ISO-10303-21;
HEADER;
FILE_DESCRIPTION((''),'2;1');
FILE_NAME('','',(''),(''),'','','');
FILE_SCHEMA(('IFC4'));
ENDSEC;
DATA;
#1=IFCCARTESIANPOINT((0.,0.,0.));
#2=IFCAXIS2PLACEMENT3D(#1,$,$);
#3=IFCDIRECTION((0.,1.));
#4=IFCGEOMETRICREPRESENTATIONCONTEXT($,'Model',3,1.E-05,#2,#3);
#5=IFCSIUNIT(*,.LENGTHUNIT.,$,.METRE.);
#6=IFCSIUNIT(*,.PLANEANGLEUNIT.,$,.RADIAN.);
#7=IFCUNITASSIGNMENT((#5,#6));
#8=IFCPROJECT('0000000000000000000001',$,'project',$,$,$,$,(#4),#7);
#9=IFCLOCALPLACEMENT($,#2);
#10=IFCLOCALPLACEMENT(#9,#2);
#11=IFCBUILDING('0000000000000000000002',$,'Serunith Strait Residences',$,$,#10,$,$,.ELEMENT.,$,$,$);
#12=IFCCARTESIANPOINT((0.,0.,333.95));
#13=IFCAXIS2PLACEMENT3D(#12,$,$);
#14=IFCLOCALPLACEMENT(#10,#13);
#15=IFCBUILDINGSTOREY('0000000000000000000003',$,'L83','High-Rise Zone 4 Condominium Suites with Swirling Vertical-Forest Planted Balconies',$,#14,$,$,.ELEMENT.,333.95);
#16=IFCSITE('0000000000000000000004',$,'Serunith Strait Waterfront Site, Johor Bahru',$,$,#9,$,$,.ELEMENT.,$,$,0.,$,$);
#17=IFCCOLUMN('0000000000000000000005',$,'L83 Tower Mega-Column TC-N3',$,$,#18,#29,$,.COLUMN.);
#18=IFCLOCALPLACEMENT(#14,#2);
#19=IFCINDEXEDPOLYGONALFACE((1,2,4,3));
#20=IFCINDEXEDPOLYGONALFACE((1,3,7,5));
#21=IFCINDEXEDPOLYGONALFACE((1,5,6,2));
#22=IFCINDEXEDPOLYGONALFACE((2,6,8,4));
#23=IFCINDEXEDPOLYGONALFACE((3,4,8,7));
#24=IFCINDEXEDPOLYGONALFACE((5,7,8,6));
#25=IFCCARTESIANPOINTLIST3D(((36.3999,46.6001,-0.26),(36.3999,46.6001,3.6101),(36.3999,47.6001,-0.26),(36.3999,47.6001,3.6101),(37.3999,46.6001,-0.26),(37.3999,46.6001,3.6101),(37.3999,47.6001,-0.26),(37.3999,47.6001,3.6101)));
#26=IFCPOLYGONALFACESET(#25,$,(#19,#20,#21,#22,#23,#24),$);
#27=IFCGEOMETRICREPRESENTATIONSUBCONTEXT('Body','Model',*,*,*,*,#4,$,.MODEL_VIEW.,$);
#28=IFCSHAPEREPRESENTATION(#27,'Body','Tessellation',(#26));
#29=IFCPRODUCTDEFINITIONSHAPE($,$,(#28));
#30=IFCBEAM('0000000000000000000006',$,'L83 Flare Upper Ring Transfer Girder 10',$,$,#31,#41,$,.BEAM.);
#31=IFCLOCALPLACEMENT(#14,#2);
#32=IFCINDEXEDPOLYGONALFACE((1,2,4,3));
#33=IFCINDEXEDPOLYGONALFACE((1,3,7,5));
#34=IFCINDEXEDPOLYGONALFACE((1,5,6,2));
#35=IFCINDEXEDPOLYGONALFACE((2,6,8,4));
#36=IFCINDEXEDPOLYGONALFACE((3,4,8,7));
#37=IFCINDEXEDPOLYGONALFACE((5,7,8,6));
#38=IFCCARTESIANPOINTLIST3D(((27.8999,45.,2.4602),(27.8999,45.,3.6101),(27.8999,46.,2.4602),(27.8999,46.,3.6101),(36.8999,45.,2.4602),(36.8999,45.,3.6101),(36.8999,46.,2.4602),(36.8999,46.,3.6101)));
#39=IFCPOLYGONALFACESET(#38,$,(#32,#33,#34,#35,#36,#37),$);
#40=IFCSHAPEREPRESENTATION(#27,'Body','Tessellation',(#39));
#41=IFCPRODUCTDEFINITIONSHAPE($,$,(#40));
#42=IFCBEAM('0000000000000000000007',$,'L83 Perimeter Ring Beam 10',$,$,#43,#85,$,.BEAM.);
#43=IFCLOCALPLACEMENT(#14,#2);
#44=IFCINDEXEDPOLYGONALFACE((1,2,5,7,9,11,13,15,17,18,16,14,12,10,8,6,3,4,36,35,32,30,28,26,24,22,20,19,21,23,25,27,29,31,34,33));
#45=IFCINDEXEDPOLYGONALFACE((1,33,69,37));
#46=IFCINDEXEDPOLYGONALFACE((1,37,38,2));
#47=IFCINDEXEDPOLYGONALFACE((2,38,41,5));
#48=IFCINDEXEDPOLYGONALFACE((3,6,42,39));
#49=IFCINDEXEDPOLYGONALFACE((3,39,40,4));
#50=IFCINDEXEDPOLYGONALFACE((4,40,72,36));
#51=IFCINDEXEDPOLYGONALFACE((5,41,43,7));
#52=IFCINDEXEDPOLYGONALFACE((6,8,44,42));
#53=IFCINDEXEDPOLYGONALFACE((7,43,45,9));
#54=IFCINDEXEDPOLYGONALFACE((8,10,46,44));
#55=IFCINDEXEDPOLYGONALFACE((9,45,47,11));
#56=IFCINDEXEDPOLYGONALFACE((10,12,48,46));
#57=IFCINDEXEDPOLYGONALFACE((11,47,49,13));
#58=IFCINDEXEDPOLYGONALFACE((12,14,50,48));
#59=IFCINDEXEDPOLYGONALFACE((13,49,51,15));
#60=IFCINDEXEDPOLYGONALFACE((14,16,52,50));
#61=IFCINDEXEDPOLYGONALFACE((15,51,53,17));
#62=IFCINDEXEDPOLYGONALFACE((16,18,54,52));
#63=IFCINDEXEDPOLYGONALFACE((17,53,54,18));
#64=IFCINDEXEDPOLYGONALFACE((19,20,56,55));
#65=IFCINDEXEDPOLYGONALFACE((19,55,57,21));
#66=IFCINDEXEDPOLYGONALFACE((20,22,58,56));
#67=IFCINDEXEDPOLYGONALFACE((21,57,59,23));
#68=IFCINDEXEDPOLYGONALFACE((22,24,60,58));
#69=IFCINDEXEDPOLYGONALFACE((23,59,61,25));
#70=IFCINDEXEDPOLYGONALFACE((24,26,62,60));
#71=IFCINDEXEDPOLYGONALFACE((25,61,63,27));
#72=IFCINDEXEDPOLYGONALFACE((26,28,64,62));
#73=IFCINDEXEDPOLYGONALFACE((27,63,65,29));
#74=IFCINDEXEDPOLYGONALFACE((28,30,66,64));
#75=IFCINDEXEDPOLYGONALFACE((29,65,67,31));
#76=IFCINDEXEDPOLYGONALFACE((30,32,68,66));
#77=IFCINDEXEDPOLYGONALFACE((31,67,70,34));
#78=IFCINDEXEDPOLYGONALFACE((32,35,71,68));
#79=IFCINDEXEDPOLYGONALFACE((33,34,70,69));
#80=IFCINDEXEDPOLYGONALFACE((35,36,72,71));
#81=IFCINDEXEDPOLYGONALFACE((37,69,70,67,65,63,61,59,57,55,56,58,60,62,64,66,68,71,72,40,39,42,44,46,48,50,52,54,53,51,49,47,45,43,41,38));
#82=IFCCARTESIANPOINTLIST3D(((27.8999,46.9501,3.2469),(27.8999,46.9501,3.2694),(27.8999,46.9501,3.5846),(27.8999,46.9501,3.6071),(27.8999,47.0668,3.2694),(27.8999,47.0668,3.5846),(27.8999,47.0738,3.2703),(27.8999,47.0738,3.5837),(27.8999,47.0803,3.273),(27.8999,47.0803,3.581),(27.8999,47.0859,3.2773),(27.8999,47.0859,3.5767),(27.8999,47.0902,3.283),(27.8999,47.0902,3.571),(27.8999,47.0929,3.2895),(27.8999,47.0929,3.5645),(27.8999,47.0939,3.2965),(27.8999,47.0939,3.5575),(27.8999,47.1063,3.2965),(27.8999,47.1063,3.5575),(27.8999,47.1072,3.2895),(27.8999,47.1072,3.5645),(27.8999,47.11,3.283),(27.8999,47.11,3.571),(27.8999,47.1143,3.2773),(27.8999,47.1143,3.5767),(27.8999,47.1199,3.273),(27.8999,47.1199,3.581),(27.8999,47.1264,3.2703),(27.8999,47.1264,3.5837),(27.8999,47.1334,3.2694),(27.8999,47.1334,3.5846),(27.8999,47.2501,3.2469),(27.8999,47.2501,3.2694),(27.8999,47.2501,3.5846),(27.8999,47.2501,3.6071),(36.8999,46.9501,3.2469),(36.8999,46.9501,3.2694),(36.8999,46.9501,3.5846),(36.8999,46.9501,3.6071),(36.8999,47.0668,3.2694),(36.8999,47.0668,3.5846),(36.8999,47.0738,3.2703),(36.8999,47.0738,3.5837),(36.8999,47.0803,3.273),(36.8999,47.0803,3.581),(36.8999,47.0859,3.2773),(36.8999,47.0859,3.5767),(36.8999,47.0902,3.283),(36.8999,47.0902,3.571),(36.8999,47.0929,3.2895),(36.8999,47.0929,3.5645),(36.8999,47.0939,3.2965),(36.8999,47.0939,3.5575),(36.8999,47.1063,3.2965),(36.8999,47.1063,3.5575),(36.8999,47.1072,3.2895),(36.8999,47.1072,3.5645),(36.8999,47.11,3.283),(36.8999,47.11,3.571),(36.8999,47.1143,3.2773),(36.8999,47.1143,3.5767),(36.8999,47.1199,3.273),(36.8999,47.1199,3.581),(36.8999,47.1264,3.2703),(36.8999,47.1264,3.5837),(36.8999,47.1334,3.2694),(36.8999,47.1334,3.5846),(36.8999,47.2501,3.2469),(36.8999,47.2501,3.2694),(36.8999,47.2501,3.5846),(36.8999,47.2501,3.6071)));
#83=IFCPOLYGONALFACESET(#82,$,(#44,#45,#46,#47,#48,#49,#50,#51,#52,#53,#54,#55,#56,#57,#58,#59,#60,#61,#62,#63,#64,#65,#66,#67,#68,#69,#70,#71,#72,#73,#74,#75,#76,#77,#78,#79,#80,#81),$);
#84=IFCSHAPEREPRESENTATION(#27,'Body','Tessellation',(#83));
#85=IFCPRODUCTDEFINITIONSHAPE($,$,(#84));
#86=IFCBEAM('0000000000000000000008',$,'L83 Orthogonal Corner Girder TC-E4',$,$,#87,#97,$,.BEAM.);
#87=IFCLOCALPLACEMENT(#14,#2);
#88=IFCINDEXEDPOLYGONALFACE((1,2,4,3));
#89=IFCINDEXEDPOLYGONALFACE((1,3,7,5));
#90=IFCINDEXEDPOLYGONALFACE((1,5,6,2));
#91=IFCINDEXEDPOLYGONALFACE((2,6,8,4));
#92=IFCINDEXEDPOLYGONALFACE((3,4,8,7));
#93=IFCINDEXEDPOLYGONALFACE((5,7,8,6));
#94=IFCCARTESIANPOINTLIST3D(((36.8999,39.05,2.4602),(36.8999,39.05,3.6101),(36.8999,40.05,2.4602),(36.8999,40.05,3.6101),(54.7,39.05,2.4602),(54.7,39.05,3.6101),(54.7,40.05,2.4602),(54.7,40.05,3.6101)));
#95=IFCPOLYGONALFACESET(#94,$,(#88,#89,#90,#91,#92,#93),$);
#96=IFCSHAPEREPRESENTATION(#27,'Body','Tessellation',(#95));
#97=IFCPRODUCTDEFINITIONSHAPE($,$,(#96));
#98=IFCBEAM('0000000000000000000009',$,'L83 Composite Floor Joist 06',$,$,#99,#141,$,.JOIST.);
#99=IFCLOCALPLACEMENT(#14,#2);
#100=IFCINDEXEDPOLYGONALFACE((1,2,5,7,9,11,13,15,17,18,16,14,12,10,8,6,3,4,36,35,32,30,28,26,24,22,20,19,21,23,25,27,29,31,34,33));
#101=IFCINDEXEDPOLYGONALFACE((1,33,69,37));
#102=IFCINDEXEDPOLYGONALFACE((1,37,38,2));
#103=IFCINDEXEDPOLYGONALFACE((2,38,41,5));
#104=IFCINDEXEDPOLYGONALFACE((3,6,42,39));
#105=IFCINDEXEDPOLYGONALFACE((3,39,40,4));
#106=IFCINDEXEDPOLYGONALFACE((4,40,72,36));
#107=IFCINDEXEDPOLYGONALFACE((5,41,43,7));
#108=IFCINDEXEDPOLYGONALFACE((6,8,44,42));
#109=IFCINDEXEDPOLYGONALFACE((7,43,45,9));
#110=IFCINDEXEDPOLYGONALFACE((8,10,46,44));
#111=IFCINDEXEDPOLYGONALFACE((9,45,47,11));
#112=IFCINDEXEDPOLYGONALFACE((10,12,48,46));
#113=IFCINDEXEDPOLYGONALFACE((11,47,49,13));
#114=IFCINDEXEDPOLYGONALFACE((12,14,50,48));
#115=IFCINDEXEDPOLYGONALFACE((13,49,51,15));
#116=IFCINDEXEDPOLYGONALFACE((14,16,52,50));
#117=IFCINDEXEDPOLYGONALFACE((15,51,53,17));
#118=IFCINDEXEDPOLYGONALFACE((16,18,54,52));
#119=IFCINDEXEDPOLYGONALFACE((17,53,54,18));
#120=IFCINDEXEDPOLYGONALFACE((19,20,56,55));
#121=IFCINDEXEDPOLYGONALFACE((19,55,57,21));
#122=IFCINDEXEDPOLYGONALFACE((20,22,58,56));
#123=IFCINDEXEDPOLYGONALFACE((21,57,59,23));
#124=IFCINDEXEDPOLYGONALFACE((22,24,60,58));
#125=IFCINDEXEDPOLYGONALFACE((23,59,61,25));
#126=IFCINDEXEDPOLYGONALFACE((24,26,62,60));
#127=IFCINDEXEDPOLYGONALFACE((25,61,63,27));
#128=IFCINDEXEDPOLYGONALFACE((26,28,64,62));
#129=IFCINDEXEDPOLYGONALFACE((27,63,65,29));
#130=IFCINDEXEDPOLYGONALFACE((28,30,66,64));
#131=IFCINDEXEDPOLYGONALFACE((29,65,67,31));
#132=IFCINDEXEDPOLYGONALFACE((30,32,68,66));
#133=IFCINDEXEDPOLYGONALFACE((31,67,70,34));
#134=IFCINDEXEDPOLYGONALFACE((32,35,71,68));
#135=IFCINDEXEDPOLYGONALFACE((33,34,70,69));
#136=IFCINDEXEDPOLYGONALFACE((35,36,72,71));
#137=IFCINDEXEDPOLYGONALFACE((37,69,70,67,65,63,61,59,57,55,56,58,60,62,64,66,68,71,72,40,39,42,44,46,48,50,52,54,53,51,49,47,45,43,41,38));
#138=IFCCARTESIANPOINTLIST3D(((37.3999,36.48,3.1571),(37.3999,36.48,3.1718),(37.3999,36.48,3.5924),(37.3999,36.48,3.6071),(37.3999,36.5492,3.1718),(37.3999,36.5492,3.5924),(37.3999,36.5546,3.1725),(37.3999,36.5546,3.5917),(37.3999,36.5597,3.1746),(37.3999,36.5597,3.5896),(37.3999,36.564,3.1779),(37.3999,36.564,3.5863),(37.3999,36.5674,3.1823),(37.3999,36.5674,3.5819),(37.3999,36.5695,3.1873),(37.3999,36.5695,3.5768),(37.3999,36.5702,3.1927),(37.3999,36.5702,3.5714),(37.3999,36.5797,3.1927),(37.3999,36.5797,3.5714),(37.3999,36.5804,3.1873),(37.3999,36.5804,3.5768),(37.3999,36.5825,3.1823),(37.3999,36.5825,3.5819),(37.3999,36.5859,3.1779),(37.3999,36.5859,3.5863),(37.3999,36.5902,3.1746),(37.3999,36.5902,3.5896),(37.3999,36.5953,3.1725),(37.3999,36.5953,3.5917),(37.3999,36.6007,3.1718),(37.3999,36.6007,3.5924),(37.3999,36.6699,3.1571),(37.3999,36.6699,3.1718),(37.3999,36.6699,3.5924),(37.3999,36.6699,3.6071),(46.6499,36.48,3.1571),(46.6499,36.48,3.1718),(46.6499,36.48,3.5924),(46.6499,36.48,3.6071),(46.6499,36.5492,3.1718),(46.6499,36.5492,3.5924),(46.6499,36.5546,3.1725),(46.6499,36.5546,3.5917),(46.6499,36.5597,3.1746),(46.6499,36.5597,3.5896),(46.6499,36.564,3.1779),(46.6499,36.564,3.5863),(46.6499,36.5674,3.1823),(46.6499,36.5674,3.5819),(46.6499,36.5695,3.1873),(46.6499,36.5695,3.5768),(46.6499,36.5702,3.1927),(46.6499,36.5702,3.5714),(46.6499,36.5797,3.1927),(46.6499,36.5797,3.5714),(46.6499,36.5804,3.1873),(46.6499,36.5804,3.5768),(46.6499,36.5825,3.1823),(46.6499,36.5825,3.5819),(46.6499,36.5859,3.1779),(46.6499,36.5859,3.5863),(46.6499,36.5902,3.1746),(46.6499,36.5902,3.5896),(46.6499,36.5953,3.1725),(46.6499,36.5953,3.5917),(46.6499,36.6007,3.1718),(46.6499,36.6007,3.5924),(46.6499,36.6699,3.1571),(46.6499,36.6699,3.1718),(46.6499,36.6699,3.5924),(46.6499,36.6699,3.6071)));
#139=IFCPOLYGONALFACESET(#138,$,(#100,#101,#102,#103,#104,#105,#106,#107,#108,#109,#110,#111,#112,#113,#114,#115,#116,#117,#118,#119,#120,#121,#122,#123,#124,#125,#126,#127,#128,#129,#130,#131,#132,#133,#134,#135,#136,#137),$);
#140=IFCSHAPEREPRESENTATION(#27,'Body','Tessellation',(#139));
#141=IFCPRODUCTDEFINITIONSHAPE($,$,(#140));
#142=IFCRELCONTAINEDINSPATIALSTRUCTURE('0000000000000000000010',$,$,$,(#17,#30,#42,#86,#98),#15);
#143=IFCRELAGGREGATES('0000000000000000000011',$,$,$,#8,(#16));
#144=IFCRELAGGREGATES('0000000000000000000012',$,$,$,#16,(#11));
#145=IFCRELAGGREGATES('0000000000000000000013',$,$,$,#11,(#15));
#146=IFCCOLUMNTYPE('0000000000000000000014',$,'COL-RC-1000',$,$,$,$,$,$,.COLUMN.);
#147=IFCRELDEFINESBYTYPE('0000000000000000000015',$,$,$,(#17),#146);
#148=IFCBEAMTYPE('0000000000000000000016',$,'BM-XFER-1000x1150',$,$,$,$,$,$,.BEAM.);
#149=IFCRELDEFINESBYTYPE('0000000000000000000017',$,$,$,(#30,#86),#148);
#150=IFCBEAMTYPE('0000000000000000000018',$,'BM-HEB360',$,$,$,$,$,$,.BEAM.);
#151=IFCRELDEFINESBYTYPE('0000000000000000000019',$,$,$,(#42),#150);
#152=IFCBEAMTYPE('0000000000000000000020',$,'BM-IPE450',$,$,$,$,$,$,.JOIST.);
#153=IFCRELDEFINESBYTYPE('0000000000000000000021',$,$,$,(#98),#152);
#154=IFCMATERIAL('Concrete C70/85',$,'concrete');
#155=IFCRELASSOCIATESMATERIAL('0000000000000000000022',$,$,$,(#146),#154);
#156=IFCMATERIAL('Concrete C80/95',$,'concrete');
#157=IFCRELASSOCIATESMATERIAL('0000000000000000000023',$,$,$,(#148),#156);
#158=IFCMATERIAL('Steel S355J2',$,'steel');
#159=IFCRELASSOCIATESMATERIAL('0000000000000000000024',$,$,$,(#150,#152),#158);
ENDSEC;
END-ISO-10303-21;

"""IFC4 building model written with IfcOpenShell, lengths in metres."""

from ifc_helpers import new_model, si_unit, direction, frame, origin, origin_2d, place, context, subcontext, project, spatial, rectangle, i_section, extrude, source, transform, mapped, material, material_profile, profile_set, type_object, element, save


model = new_model("IFC4")

# Units and contexts
model_context = context("Model", 3, precision=1e-05, world=origin(), true_north=direction((0.0, 1.0)))
body_context = subcontext(model_context, "Body", "Model", "MODEL_VIEW")
ifc_project = project(units=[si_unit("LENGTHUNIT", "METRE"), si_unit("PLANEANGLEUNIT", "RADIAN")], contexts=[model_context])

# Site, building, storey
site_placement = place(None, origin())
site = spatial("IfcSite", under=ifc_project, at=site_placement, Name="Serunith Strait Waterfront Site, Johor Bahru", CompositionType="ELEMENT", RefElevation=0.0)
building_placement = place(site_placement, origin())
building = spatial("IfcBuilding", under=site, at=building_placement, Name="Serunith Strait Residences", CompositionType="ELEMENT")
storey_placement = place(building_placement, frame((0.0, 0.0, 333.95)))
storey = spatial("IfcBuildingStorey", under=building, at=storey_placement, Name="L83", Description="High-Rise Zone 4 Condominium Suites with Swirling Vertical-Forest Planted Balconies", CompositionType="ELEMENT", Elevation=333.95)

# Column
ifc_material_1 = material(Name="Concrete C70/85", Category="concrete")
ifc_material_profile_1 = material_profile(ifc_material_1, rectangle(XDim=1.0, YDim=1.0, at=origin_2d()), Name="RC 1000x1000")
ifc_profile_set_1 = profile_set([ifc_material_profile_1], Name="Concrete C70/85")
column_type = type_object("IfcColumnType", Name="COL-RC-1000", PredefinedType="COLUMN", material=ifc_profile_set_1)
shared_shape_1 = source(origin(), body_context, "Body", "SweptSolid", [
    extrude(rectangle(XDim=1.0, YDim=1.0, at=origin_2d()), origin(), (0.0, 0.0, 1.0), 3.8701),
])
column_placement = place(storey_placement, frame((36.8999, 47.1001, -0.26), z_axis=(0.0, 0.0, 1.0), x_axis=(1.0, 0.0, 0.0)))
element("IfcColumn", 1, at=column_placement, inside=storey, type_object=column_type, Name="L83 Tower Mega-Column TC-N3", PredefinedType="COLUMN", context=body_context, shape_type="MappedRepresentation", body=[
    mapped(shared_shape_1, transform((0.0, 0.0, 0.0), scale=1.0)),
])

# Beams
ifc_material_2 = material(Name="Concrete C80/95", Category="concrete")
ifc_material_profile_2 = material_profile(ifc_material_2, rectangle(XDim=1.0, YDim=1.1499, at=origin_2d()), Name="RC 1000x1150")
ifc_profile_set_2 = profile_set([ifc_material_profile_2], Name="Concrete C80/95")
beam_type_1 = type_object("IfcBeamType", Name="BM-XFER-1000x1150", PredefinedType="BEAM", material=ifc_profile_set_2)
shared_shape_2 = source(origin(), body_context, "Body", "SweptSolid", [
    extrude(rectangle(XDim=1.0, YDim=1.1499, at=origin_2d()), origin(), (0.0, 0.0, 1.0), 9.0),
])
beam_1_placement = place(storey_placement, frame((36.8999, 45.5, 3.0352), z_axis=(-1.0, 0.0, 0.0), x_axis=(0.0, -1.0, 0.0)))
element("IfcBeam", 2, at=beam_1_placement, inside=storey, type_object=beam_type_1, Name="L83 Flare Upper Ring Transfer Girder 10", PredefinedType="BEAM", context=body_context, shape_type="MappedRepresentation", body=[
    mapped(shared_shape_2, transform((0.0, 0.0, 0.0), scale=1.0)),
])
ifc_material_3 = material(Name="Steel S355J2", Category="steel")
ifc_material_profile_3 = material_profile(ifc_material_3, i_section(OverallWidth=0.3, OverallDepth=0.3601, WebThickness=0.0125, FlangeThickness=0.0225, FilletRadius=0.0271, at=origin_2d()), Name="HEB 360")
ifc_profile_set_3 = profile_set([ifc_material_profile_3], Name="Steel S355J2")
beam_type_2 = type_object("IfcBeamType", Name="BM-HEB360", PredefinedType="BEAM", material=ifc_profile_set_3)
shared_shape_3 = source(origin(), body_context, "Body", "SweptSolid", [
    extrude(i_section(OverallWidth=0.3, OverallDepth=0.3601, WebThickness=0.0125, FlangeThickness=0.0225, FilletRadius=0.0271, at=origin_2d()), origin(), (0.0, 0.0, 1.0), 9.0),
])
beam_2_placement = place(storey_placement, frame((36.8999, 47.1001, 3.427), z_axis=(-1.0, 0.0, 0.0), x_axis=(0.0, -1.0, 0.0)))
element("IfcBeam", 3, at=beam_2_placement, inside=storey, type_object=beam_type_2, Name="L83 Perimeter Ring Beam 10", PredefinedType="BEAM", context=body_context, shape_type="MappedRepresentation", body=[
    mapped(shared_shape_3, transform((0.0, 0.0, 0.0), scale=1.0)),
])
shared_shape_4 = source(origin(), body_context, "Body", "SweptSolid", [
    extrude(rectangle(XDim=1.0, YDim=1.1499, at=origin_2d()), origin(), (0.0, 0.0, 1.0), 17.8),
])
beam_3_placement = place(storey_placement, frame((36.8999, 39.55, 3.0352), z_axis=(1.0, 0.0, 0.0), x_axis=(0.0, 1.0, 0.0)))
element("IfcBeam", 4, at=beam_3_placement, inside=storey, type_object=beam_type_1, Name="L83 Orthogonal Corner Girder TC-E4", PredefinedType="BEAM", context=body_context, shape_type="MappedRepresentation", body=[
    mapped(shared_shape_4, transform((0.0, 0.0, 0.0), scale=1.0)),
])
ifc_material_profile_4 = material_profile(ifc_material_3, i_section(OverallWidth=0.1899, OverallDepth=0.45, WebThickness=0.0095, FlangeThickness=0.0146, FilletRadius=0.021, at=origin_2d()), Name="IPE 450")
ifc_profile_set_4 = profile_set([ifc_material_profile_4], Name="Steel S355J2")
beam_type_3 = type_object("IfcBeamType", Name="BM-IPE450", PredefinedType="JOIST", material=ifc_profile_set_4)
shared_shape_5 = source(origin(), body_context, "Body", "SweptSolid", [
    extrude(i_section(OverallWidth=0.1899, OverallDepth=0.45, WebThickness=0.0095, FlangeThickness=0.0146, FilletRadius=0.021, at=origin_2d()), origin(), (0.0, 0.0, 1.0), 9.25),
])
beam_4_placement = place(storey_placement, frame((37.3999, 36.575, 3.3821), z_axis=(1.0, 0.0, 0.0), x_axis=(0.0, 1.0, 0.0)))
element("IfcBeam", 5, at=beam_4_placement, inside=storey, type_object=beam_type_3, Name="L83 Composite Floor Joist 06", PredefinedType="JOIST", context=body_context, shape_type="MappedRepresentation", body=[
    mapped(shared_shape_5, transform((0.0, 0.0, 0.0), scale=1.0)),
])

save(model, "model.ifc")
